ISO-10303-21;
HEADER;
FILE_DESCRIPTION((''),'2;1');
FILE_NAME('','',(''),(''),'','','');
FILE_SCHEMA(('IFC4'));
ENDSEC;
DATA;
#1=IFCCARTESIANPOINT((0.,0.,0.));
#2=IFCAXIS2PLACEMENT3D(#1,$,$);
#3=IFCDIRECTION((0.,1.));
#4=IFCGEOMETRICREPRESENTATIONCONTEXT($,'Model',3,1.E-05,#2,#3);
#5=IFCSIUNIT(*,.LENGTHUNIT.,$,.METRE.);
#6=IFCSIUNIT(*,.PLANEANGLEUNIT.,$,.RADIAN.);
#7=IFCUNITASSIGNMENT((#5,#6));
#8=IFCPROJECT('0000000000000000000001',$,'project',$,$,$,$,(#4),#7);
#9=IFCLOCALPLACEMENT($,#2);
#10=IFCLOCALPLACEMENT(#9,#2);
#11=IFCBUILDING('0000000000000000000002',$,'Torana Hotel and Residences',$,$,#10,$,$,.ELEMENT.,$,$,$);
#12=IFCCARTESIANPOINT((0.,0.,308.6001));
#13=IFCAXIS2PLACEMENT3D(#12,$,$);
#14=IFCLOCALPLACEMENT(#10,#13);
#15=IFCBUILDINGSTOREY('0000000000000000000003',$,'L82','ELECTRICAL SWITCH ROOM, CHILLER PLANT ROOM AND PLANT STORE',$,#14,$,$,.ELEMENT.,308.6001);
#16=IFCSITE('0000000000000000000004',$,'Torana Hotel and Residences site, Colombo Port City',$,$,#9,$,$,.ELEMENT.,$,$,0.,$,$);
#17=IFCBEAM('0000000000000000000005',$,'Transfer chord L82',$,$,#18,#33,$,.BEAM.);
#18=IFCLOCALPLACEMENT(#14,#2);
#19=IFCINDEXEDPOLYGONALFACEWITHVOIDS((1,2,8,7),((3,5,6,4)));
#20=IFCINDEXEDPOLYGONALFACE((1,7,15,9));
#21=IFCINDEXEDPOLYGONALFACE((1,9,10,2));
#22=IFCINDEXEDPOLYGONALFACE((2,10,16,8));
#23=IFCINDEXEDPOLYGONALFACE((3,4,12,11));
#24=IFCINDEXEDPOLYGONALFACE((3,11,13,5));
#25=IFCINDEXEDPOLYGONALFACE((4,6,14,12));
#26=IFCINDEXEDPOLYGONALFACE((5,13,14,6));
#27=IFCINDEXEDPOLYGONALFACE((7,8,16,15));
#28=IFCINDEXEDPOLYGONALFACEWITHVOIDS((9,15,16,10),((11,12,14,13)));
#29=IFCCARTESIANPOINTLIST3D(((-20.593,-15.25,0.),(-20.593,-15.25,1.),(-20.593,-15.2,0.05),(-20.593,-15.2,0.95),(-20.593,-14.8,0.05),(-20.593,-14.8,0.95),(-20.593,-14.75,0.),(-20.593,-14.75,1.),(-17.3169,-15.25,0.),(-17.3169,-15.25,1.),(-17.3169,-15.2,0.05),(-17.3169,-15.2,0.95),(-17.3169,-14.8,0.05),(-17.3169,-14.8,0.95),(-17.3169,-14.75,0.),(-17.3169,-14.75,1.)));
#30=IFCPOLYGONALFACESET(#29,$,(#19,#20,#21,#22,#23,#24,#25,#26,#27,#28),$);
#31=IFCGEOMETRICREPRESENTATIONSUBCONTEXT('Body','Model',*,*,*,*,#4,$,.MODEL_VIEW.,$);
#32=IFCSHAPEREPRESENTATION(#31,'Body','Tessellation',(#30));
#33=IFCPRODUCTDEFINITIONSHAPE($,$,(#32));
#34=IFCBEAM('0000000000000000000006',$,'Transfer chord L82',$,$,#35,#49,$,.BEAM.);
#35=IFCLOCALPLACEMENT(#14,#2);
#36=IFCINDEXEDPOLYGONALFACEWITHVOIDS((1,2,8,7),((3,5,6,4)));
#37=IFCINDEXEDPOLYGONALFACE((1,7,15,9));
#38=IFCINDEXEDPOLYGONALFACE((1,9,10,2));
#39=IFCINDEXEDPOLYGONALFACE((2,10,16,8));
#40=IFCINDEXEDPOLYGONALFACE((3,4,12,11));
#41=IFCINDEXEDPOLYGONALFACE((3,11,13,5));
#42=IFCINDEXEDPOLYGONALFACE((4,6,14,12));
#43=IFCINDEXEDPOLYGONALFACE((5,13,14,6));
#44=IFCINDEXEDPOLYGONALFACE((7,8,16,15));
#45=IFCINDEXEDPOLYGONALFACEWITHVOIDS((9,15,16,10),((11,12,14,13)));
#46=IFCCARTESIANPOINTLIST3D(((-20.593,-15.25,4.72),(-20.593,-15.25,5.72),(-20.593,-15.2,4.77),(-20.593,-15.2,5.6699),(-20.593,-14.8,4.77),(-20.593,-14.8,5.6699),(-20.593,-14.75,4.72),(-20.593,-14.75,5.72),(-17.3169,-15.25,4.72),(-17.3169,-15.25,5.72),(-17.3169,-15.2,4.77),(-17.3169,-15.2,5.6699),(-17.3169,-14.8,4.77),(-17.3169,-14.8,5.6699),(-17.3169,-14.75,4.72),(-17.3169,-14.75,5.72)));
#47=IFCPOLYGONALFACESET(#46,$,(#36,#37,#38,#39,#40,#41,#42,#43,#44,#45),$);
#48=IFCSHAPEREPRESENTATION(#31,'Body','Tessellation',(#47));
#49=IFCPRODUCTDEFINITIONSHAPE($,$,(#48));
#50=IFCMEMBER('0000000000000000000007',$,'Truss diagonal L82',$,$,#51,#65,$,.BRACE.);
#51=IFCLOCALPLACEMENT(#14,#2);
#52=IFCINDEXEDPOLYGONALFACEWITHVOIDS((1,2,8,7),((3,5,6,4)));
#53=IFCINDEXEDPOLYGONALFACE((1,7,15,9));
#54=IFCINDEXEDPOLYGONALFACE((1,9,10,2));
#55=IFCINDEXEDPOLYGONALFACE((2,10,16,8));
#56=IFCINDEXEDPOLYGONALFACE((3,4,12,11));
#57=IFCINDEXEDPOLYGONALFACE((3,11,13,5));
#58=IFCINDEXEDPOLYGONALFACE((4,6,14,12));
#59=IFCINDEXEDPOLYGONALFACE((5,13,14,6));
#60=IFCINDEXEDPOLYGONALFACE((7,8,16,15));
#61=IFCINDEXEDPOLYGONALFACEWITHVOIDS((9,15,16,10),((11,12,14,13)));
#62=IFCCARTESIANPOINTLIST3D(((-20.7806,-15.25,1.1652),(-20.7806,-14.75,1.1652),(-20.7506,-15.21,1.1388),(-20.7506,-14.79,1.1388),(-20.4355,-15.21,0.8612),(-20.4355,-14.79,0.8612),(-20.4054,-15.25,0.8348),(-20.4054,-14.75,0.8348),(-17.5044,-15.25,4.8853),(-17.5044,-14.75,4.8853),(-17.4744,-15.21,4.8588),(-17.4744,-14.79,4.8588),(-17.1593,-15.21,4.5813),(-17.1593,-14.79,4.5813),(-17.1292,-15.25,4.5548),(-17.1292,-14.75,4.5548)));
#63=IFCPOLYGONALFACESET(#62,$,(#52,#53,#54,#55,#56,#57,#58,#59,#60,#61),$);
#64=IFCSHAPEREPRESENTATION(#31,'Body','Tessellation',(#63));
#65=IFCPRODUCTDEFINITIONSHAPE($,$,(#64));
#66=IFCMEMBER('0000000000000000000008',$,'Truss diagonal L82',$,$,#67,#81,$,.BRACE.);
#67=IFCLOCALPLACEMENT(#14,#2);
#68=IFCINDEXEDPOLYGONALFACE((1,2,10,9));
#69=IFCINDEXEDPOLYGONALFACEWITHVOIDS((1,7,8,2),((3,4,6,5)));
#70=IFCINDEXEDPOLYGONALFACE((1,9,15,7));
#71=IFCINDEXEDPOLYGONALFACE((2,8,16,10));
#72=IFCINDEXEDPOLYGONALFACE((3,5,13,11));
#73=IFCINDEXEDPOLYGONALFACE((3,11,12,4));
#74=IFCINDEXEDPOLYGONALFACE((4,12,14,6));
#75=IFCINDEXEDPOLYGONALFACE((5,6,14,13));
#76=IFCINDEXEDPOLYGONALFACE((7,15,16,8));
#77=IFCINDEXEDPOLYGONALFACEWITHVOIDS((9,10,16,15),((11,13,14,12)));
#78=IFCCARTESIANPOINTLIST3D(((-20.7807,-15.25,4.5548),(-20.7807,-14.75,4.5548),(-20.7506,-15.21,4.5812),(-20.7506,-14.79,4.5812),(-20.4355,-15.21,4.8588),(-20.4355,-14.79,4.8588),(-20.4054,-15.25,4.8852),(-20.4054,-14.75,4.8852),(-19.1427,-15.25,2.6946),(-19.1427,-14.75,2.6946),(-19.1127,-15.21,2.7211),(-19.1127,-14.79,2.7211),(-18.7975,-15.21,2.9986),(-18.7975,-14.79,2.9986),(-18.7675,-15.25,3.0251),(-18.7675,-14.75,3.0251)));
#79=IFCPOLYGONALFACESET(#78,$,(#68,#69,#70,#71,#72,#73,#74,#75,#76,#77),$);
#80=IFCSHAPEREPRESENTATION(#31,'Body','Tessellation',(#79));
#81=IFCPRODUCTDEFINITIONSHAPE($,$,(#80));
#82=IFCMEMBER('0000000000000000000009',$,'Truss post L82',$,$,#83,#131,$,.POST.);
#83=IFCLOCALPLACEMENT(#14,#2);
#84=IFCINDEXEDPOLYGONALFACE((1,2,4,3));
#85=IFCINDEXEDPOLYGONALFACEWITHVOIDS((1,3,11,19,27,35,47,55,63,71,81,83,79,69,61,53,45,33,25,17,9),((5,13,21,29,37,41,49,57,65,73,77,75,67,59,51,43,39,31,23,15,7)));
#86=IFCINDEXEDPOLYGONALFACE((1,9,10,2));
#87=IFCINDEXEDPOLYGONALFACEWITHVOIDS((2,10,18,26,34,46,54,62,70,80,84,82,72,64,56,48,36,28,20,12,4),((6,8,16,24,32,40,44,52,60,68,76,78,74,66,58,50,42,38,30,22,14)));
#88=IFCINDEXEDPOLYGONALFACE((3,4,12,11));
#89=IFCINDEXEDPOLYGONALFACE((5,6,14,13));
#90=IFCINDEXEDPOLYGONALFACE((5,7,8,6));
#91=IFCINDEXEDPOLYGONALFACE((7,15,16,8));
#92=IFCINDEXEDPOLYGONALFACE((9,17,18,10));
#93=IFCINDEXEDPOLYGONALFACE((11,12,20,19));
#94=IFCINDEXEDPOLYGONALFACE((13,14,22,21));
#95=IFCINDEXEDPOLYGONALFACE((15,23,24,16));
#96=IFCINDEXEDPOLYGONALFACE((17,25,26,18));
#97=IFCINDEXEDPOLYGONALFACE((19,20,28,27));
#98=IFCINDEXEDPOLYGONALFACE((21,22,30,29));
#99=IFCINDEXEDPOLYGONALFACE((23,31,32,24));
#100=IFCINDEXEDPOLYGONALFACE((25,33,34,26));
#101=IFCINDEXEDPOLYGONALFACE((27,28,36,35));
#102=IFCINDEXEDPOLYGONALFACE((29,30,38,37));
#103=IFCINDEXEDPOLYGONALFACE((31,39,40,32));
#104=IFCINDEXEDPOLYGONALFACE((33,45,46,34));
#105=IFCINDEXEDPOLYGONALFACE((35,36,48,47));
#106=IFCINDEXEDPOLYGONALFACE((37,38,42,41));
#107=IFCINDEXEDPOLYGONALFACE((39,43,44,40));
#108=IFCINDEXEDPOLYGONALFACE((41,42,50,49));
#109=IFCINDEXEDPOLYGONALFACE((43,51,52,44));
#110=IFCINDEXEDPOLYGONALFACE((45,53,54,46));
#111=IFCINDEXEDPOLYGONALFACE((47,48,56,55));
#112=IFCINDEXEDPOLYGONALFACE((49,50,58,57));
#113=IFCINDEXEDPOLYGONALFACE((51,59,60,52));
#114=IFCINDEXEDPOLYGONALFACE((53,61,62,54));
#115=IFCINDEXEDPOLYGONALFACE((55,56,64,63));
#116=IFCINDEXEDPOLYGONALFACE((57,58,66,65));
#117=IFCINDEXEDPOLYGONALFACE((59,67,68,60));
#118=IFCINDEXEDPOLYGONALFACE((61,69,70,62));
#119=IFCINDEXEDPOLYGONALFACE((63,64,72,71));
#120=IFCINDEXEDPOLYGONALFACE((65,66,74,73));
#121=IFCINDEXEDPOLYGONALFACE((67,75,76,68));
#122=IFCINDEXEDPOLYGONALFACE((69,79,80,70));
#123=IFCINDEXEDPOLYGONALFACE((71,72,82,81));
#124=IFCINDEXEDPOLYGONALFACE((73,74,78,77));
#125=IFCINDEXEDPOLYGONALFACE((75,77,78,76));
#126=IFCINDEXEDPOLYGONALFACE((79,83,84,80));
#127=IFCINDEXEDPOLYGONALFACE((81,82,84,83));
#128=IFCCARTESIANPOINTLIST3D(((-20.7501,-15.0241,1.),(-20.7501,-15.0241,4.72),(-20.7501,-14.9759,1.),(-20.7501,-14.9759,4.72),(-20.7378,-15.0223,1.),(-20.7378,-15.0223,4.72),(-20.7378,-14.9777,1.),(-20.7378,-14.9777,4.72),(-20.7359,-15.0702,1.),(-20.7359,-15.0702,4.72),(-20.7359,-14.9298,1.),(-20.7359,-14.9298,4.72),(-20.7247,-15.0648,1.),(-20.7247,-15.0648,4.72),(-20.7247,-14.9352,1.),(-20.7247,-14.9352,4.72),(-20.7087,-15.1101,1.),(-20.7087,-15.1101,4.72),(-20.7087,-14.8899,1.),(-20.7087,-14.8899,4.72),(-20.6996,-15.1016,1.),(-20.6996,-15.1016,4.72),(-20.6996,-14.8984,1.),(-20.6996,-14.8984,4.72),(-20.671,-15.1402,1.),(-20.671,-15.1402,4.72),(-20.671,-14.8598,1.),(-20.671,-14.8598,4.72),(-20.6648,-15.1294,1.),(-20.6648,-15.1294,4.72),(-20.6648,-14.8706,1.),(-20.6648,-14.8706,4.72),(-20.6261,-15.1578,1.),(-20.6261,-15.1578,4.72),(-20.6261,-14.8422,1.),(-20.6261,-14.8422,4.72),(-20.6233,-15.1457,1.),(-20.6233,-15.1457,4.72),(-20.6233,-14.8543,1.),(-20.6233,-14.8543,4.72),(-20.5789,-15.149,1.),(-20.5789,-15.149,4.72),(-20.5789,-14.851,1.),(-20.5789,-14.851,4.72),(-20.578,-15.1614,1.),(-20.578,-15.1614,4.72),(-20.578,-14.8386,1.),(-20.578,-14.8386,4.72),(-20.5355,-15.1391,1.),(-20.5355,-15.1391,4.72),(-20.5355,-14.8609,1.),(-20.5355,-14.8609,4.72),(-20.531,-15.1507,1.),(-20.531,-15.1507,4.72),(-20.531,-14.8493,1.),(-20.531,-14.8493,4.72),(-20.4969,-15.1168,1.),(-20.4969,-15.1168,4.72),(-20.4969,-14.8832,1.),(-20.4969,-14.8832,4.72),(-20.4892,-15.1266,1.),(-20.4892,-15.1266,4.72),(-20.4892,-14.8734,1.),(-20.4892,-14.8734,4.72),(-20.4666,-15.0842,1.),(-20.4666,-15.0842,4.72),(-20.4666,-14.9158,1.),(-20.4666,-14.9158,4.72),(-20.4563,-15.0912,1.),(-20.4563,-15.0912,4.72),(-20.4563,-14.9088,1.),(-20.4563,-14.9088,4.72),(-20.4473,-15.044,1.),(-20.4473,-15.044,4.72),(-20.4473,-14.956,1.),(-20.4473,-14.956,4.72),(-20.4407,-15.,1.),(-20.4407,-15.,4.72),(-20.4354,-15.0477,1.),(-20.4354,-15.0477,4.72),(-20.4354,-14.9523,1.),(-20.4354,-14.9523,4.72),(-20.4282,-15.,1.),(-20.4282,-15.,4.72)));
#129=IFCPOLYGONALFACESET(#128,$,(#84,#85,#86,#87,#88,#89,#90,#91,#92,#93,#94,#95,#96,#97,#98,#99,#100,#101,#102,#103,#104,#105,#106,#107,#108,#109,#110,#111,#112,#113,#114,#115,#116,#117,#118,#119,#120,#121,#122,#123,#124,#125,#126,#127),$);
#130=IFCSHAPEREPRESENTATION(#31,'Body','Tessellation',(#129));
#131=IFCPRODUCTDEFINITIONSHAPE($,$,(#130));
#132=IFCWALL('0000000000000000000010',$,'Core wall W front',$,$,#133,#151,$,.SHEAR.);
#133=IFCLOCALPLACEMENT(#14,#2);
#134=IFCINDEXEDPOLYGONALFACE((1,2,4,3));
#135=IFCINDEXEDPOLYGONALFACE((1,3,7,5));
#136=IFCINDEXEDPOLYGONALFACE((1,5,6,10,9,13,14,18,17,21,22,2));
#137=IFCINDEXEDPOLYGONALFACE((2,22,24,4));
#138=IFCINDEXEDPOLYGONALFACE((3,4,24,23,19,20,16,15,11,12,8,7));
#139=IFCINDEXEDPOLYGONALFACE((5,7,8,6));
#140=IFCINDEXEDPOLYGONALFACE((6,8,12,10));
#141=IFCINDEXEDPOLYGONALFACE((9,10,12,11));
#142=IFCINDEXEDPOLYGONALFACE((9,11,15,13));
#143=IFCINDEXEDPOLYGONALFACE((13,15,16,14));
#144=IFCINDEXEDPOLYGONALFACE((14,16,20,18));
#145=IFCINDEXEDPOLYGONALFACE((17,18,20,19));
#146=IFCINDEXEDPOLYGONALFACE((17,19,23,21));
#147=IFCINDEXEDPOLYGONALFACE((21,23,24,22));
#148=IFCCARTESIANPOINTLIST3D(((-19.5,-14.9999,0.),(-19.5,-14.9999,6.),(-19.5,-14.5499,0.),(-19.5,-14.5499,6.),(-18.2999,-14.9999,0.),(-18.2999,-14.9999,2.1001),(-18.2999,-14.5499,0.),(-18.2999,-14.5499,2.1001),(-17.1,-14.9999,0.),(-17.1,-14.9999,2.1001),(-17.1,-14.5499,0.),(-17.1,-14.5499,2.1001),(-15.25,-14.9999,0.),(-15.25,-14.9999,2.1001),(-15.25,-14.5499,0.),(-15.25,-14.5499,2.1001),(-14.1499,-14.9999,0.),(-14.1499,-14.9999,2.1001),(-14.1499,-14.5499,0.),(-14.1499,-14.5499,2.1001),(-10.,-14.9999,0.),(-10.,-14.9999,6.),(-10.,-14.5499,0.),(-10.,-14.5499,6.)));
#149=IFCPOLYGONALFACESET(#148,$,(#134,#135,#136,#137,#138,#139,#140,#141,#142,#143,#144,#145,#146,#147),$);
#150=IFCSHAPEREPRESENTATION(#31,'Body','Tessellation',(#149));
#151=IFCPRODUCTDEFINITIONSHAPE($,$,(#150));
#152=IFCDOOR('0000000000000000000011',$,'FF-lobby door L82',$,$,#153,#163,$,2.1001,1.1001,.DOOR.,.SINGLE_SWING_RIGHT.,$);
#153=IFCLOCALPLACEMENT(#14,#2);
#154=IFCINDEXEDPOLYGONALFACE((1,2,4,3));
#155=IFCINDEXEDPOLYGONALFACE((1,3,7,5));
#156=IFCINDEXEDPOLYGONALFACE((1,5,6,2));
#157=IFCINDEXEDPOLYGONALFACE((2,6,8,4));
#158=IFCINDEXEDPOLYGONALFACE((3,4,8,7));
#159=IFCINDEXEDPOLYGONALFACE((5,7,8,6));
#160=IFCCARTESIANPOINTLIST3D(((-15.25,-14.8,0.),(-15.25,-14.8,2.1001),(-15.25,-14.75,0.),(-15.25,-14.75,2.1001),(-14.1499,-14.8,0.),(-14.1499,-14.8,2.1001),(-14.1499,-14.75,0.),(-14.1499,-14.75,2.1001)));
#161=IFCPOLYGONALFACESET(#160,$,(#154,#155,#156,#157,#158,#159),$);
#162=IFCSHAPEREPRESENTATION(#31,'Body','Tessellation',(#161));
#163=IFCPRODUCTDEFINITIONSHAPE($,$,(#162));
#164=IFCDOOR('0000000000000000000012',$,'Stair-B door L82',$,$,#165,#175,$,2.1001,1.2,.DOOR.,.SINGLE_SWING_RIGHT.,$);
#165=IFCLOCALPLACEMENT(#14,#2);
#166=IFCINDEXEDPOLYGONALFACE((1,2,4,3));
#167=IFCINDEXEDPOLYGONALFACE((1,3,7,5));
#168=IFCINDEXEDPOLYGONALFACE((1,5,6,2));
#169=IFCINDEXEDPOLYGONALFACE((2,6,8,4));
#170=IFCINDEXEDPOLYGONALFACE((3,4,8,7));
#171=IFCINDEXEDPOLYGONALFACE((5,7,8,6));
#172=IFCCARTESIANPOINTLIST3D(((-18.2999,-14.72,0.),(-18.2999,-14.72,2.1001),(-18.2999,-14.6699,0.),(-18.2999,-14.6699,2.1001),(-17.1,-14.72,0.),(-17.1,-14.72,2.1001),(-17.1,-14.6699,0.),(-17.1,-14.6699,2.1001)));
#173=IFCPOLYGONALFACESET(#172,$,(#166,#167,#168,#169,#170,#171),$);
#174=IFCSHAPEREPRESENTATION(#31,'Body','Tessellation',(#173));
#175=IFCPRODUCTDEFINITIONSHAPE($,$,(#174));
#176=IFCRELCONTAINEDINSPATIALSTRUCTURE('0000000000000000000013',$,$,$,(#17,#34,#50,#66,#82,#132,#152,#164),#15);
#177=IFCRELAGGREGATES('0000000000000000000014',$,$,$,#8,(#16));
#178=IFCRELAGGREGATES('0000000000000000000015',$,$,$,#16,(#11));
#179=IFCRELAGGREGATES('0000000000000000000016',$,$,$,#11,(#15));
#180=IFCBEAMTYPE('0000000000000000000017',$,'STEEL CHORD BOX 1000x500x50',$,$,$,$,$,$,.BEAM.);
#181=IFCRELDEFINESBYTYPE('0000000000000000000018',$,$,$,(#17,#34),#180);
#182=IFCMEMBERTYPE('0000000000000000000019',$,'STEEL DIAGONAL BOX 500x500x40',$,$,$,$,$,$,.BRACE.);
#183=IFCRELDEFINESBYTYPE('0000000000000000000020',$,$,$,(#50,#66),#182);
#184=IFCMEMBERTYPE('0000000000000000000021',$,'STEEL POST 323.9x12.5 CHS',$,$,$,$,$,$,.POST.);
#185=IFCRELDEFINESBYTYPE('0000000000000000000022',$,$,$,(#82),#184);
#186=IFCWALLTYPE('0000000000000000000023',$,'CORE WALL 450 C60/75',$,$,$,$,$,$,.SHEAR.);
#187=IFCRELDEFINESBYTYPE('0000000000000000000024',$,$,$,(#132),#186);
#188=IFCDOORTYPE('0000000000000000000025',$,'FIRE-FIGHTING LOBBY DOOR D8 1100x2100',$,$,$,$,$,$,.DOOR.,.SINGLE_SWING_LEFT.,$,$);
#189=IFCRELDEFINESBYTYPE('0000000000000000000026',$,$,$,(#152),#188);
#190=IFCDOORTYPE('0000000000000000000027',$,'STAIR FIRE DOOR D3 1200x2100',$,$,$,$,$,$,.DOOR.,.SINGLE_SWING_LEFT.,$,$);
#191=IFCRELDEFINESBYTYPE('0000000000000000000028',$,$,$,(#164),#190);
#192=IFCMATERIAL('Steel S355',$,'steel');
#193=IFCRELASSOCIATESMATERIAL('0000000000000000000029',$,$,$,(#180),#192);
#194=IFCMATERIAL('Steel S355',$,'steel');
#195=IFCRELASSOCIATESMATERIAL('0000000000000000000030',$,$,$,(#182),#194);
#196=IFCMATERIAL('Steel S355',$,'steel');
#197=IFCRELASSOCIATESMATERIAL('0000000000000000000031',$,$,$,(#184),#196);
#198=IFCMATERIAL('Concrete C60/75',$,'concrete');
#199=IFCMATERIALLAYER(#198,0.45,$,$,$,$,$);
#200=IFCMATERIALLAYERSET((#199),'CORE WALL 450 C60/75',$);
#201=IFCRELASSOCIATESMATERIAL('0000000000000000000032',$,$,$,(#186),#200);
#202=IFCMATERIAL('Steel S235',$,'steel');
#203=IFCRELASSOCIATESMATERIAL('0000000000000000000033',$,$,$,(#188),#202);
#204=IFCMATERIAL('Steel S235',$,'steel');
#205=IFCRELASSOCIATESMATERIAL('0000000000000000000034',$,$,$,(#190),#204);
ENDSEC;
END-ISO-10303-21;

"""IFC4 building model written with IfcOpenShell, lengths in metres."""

from ifc_helpers import new_model, si_unit, direction, frame, frame_2d, origin, origin_2d, place, context, subcontext, project, spatial, rectangle, hollow_rectangle, hollow_circle, extrude, material, layer, layer_set, material_profile, profile_set, type_object, element, fill, save


model = new_model("IFC4")

# Units and contexts
model_context = context("Model", 3, precision=1e-05, world=origin(), true_north=direction((0.0, 1.0)))
body_context = subcontext(model_context, "Body", "Model", "MODEL_VIEW")
ifc_project = project(units=[si_unit("LENGTHUNIT", "METRE"), si_unit("PLANEANGLEUNIT", "RADIAN")], contexts=[model_context])

# Site, building, storey
site_placement = place(None, origin())
site = spatial("IfcSite", under=ifc_project, at=site_placement, Name="Torana Hotel and Residences site, Colombo Port City", CompositionType="ELEMENT", RefElevation=0.0)
building_placement = place(site_placement, origin())
building = spatial("IfcBuilding", under=site, at=building_placement, Name="Torana Hotel and Residences", CompositionType="ELEMENT")
storey_placement = place(building_placement, frame((0.0, 0.0, 308.6001)))
storey = spatial("IfcBuildingStorey", under=building, at=storey_placement, Name="L82", Description="ELECTRICAL SWITCH ROOM, CHILLER PLANT ROOM AND PLANT STORE", CompositionType="ELEMENT", Elevation=308.6001)

# Beams
ifc_material_1 = material(Name="Steel S355", Category="steel")
ifc_material_profile_1 = material_profile(ifc_material_1, hollow_rectangle(XDim=0.5, YDim=1.0, WallThickness=0.05, at=origin_2d()), Name="BOX 1000x500x50")
ifc_profile_set_1 = profile_set([ifc_material_profile_1], Name="Steel S355")
beam_type = type_object("IfcBeamType", Name="STEEL CHORD BOX 1000x500x50", PredefinedType="BEAM", material=ifc_profile_set_1)
for number, where, z_axis, x_axis, name in (
    (1, (-20.593, -15.0, 0.5), (1.0, 0.0, 0.0), (0.0, 1.0, 0.0), "Transfer chord L82"),
    (2, (-20.593, -15.0, 5.22), (1.0, 0.0, 0.0), (0.0, 1.0, 0.0), "Transfer chord L82"),
):
    element("IfcBeam", number, at=place(storey_placement, frame(where, z_axis=z_axis, x_axis=x_axis)), inside=storey, type_object=beam_type, Name=name, PredefinedType="BEAM", context=body_context, shape_type="SweptSolid", body=[
        extrude(hollow_rectangle(XDim=0.5, YDim=1.0, WallThickness=0.05, at=origin_2d()), origin(), (0.0, 0.0, 1.0), 3.2761),
    ])

# Members
ifc_material_2 = material(Name="Steel S355", Category="steel")
ifc_material_profile_2 = material_profile(ifc_material_2, hollow_rectangle(XDim=0.5, YDim=0.5, WallThickness=0.04, at=origin_2d()), Name="BOX 500x500x40")
ifc_profile_set_2 = profile_set([ifc_material_profile_2], Name="Steel S355")
member_type_1 = type_object("IfcMemberType", Name="STEEL DIAGONAL BOX 500x500x40", PredefinedType="BRACE", material=ifc_profile_set_2)
member_1_placement = place(storey_placement, frame((-20.593, -15.0, 1.0), z_axis=(0.660918, 0.0, 0.750458), x_axis=(0.0, 1.0, 0.0)))
element("IfcMember", 3, at=member_1_placement, inside=storey, type_object=member_type_1, Name="Truss diagonal L82", PredefinedType="BRACE", context=body_context, shape_type="SweptSolid", body=[
    extrude(hollow_rectangle(XDim=0.5, YDim=0.5, WallThickness=0.04, at=origin_2d()), origin(), (0.0, 0.0, 1.0), 4.957),
])
member_2_placement = place(storey_placement, frame((-18.9551, -15.0, 2.8599), z_axis=(-0.660865, 0.0, 0.750504), x_axis=(0.0, -1.0, 0.0)))
element("IfcMember", 4, at=member_2_placement, inside=storey, type_object=member_type_1, Name="Truss diagonal L82", PredefinedType="BRACE", context=body_context, shape_type="SweptSolid", body=[
    extrude(hollow_rectangle(XDim=0.5, YDim=0.5, WallThickness=0.04, at=origin_2d()), origin(), (0.0, 0.0, 1.0), 2.4785),
])
ifc_material_3 = material(Name="Steel S355", Category="steel")
ifc_material_profile_3 = material_profile(ifc_material_3, hollow_circle(Radius=0.1619, WallThickness=0.0125, at=origin_2d()), Name="323.9x12.5 CHS")
ifc_profile_set_3 = profile_set([ifc_material_profile_3], Name="Steel S355")
member_type_2 = type_object("IfcMemberType", Name="STEEL POST 323.9x12.5 CHS", PredefinedType="POST", material=ifc_profile_set_3)
member_3_placement = place(storey_placement, frame((-20.5901, -15.0, 1.0), z_axis=(0.0, 0.0, 1.0), x_axis=(1.0, 0.0, 0.0)))
element("IfcMember", 5, at=member_3_placement, inside=storey, type_object=member_type_2, Name="Truss post L82", PredefinedType="POST", context=body_context, shape_type="SweptSolid", body=[
    extrude(hollow_circle(Radius=0.1619, WallThickness=0.0125, at=origin_2d()), origin(), (0.0, 0.0, 1.0), 3.72),
])

# Wall, openings, doors
ifc_material_4 = material(Name="Concrete C60/75", Category="concrete")
ifc_layer_1 = layer(ifc_material_4, 0.45)
ifc_layer_set_1 = layer_set([ifc_layer_1], Name="CORE WALL 450 C60/75")
wall_type_1 = type_object("IfcWallType", Name="CORE WALL 450 C60/75", PredefinedType="SHEAR", material=ifc_layer_set_1)
wall_1_placement = place(storey_placement, frame((-19.5, -14.7749, 0.0), z_axis=(0.0, 0.0, 1.0), x_axis=(1.0, 0.0, 0.0)))
wall_1 = element("IfcWall", 6, at=wall_1_placement, inside=storey, type_object=wall_type_1, Name="Core wall W front", PredefinedType="SHEAR", context=body_context, shape_type="SweptSolid", body=[
    extrude(rectangle(XDim=9.5, YDim=0.45, at=frame_2d((4.75, 0.0))), origin(), (0.0, 0.0, 1.0), 6.0),
])
opening_1_placement = place(wall_1_placement, frame((1.2, 0.0, 0.0)))
opening_1 = element("IfcOpeningElement", 7, at=opening_1_placement, cuts=wall_1, PredefinedType="OPENING", context=body_context, shape_type="SweptSolid", body=[
    extrude(rectangle(XDim=1.2, YDim=2.1001, at=frame_2d((0.6001, 1.05))), frame((0.0, 0.2349, 0.0), z_axis=(0.0, -1.0, 0.0), x_axis=(1.0, 0.0, 0.0)), (0.0, 0.0, 1.0), 0.47),
])
opening_2_placement = place(wall_1_placement, frame((4.25, 0.0, 0.0)))
opening_2 = element("IfcOpeningElement", 8, at=opening_2_placement, cuts=wall_1, PredefinedType="OPENING", context=body_context, shape_type="SweptSolid", body=[
    extrude(rectangle(XDim=1.1001, YDim=2.1001, at=frame_2d((0.55, 1.05))), frame((0.0, 0.2349, 0.0), z_axis=(0.0, -1.0, 0.0), x_axis=(1.0, 0.0, 0.0)), (0.0, 0.0, 1.0), 0.47),
])
ifc_material_5 = material(Name="Steel S235", Category="steel")
door_type_1 = type_object("IfcDoorType", Name="FIRE-FIGHTING LOBBY DOOR D8 1100x2100", OperationType="SINGLE_SWING_LEFT", PredefinedType="DOOR", material=ifc_material_5)
door_1_placement = place(opening_2_placement, origin())
door_1 = element("IfcDoor", 9, at=door_1_placement, inside=storey, type_object=door_type_1, Name="FF-lobby door L82", OperationType="SINGLE_SWING_RIGHT", OverallHeight=2.1001, OverallWidth=1.1001, PredefinedType="DOOR", context=body_context, shape_type="SweptSolid", body=[
    extrude(rectangle(XDim=1.1001, YDim=2.1001, at=frame_2d((0.55, 1.05))), frame((0.0, 0.0249, 0.0), z_axis=(0.0, -1.0, 0.0), x_axis=(1.0, 0.0, 0.0)), (0.0, 0.0, 1.0), 0.05),
])
fill(opening_2, door_1)
ifc_material_6 = material(Name="Steel S235", Category="steel")
door_type_2 = type_object("IfcDoorType", Name="STAIR FIRE DOOR D3 1200x2100", OperationType="SINGLE_SWING_LEFT", PredefinedType="DOOR", material=ifc_material_6)
door_2_placement = place(opening_1_placement, origin())
door_2 = element("IfcDoor", 10, at=door_2_placement, inside=storey, type_object=door_type_2, Name="Stair-B door L82", OperationType="SINGLE_SWING_RIGHT", OverallHeight=2.1001, OverallWidth=1.2, PredefinedType="DOOR", context=body_context, shape_type="SweptSolid", body=[
    extrude(rectangle(XDim=1.2, YDim=2.1001, at=frame_2d((0.6001, 1.05))), frame((0.0, 0.105, 0.0), z_axis=(0.0, -1.0, 0.0), x_axis=(1.0, 0.0, 0.0)), (0.0, 0.0, 1.0), 0.05),
])
fill(opening_1, door_2)

save(model, "model.ifc")
